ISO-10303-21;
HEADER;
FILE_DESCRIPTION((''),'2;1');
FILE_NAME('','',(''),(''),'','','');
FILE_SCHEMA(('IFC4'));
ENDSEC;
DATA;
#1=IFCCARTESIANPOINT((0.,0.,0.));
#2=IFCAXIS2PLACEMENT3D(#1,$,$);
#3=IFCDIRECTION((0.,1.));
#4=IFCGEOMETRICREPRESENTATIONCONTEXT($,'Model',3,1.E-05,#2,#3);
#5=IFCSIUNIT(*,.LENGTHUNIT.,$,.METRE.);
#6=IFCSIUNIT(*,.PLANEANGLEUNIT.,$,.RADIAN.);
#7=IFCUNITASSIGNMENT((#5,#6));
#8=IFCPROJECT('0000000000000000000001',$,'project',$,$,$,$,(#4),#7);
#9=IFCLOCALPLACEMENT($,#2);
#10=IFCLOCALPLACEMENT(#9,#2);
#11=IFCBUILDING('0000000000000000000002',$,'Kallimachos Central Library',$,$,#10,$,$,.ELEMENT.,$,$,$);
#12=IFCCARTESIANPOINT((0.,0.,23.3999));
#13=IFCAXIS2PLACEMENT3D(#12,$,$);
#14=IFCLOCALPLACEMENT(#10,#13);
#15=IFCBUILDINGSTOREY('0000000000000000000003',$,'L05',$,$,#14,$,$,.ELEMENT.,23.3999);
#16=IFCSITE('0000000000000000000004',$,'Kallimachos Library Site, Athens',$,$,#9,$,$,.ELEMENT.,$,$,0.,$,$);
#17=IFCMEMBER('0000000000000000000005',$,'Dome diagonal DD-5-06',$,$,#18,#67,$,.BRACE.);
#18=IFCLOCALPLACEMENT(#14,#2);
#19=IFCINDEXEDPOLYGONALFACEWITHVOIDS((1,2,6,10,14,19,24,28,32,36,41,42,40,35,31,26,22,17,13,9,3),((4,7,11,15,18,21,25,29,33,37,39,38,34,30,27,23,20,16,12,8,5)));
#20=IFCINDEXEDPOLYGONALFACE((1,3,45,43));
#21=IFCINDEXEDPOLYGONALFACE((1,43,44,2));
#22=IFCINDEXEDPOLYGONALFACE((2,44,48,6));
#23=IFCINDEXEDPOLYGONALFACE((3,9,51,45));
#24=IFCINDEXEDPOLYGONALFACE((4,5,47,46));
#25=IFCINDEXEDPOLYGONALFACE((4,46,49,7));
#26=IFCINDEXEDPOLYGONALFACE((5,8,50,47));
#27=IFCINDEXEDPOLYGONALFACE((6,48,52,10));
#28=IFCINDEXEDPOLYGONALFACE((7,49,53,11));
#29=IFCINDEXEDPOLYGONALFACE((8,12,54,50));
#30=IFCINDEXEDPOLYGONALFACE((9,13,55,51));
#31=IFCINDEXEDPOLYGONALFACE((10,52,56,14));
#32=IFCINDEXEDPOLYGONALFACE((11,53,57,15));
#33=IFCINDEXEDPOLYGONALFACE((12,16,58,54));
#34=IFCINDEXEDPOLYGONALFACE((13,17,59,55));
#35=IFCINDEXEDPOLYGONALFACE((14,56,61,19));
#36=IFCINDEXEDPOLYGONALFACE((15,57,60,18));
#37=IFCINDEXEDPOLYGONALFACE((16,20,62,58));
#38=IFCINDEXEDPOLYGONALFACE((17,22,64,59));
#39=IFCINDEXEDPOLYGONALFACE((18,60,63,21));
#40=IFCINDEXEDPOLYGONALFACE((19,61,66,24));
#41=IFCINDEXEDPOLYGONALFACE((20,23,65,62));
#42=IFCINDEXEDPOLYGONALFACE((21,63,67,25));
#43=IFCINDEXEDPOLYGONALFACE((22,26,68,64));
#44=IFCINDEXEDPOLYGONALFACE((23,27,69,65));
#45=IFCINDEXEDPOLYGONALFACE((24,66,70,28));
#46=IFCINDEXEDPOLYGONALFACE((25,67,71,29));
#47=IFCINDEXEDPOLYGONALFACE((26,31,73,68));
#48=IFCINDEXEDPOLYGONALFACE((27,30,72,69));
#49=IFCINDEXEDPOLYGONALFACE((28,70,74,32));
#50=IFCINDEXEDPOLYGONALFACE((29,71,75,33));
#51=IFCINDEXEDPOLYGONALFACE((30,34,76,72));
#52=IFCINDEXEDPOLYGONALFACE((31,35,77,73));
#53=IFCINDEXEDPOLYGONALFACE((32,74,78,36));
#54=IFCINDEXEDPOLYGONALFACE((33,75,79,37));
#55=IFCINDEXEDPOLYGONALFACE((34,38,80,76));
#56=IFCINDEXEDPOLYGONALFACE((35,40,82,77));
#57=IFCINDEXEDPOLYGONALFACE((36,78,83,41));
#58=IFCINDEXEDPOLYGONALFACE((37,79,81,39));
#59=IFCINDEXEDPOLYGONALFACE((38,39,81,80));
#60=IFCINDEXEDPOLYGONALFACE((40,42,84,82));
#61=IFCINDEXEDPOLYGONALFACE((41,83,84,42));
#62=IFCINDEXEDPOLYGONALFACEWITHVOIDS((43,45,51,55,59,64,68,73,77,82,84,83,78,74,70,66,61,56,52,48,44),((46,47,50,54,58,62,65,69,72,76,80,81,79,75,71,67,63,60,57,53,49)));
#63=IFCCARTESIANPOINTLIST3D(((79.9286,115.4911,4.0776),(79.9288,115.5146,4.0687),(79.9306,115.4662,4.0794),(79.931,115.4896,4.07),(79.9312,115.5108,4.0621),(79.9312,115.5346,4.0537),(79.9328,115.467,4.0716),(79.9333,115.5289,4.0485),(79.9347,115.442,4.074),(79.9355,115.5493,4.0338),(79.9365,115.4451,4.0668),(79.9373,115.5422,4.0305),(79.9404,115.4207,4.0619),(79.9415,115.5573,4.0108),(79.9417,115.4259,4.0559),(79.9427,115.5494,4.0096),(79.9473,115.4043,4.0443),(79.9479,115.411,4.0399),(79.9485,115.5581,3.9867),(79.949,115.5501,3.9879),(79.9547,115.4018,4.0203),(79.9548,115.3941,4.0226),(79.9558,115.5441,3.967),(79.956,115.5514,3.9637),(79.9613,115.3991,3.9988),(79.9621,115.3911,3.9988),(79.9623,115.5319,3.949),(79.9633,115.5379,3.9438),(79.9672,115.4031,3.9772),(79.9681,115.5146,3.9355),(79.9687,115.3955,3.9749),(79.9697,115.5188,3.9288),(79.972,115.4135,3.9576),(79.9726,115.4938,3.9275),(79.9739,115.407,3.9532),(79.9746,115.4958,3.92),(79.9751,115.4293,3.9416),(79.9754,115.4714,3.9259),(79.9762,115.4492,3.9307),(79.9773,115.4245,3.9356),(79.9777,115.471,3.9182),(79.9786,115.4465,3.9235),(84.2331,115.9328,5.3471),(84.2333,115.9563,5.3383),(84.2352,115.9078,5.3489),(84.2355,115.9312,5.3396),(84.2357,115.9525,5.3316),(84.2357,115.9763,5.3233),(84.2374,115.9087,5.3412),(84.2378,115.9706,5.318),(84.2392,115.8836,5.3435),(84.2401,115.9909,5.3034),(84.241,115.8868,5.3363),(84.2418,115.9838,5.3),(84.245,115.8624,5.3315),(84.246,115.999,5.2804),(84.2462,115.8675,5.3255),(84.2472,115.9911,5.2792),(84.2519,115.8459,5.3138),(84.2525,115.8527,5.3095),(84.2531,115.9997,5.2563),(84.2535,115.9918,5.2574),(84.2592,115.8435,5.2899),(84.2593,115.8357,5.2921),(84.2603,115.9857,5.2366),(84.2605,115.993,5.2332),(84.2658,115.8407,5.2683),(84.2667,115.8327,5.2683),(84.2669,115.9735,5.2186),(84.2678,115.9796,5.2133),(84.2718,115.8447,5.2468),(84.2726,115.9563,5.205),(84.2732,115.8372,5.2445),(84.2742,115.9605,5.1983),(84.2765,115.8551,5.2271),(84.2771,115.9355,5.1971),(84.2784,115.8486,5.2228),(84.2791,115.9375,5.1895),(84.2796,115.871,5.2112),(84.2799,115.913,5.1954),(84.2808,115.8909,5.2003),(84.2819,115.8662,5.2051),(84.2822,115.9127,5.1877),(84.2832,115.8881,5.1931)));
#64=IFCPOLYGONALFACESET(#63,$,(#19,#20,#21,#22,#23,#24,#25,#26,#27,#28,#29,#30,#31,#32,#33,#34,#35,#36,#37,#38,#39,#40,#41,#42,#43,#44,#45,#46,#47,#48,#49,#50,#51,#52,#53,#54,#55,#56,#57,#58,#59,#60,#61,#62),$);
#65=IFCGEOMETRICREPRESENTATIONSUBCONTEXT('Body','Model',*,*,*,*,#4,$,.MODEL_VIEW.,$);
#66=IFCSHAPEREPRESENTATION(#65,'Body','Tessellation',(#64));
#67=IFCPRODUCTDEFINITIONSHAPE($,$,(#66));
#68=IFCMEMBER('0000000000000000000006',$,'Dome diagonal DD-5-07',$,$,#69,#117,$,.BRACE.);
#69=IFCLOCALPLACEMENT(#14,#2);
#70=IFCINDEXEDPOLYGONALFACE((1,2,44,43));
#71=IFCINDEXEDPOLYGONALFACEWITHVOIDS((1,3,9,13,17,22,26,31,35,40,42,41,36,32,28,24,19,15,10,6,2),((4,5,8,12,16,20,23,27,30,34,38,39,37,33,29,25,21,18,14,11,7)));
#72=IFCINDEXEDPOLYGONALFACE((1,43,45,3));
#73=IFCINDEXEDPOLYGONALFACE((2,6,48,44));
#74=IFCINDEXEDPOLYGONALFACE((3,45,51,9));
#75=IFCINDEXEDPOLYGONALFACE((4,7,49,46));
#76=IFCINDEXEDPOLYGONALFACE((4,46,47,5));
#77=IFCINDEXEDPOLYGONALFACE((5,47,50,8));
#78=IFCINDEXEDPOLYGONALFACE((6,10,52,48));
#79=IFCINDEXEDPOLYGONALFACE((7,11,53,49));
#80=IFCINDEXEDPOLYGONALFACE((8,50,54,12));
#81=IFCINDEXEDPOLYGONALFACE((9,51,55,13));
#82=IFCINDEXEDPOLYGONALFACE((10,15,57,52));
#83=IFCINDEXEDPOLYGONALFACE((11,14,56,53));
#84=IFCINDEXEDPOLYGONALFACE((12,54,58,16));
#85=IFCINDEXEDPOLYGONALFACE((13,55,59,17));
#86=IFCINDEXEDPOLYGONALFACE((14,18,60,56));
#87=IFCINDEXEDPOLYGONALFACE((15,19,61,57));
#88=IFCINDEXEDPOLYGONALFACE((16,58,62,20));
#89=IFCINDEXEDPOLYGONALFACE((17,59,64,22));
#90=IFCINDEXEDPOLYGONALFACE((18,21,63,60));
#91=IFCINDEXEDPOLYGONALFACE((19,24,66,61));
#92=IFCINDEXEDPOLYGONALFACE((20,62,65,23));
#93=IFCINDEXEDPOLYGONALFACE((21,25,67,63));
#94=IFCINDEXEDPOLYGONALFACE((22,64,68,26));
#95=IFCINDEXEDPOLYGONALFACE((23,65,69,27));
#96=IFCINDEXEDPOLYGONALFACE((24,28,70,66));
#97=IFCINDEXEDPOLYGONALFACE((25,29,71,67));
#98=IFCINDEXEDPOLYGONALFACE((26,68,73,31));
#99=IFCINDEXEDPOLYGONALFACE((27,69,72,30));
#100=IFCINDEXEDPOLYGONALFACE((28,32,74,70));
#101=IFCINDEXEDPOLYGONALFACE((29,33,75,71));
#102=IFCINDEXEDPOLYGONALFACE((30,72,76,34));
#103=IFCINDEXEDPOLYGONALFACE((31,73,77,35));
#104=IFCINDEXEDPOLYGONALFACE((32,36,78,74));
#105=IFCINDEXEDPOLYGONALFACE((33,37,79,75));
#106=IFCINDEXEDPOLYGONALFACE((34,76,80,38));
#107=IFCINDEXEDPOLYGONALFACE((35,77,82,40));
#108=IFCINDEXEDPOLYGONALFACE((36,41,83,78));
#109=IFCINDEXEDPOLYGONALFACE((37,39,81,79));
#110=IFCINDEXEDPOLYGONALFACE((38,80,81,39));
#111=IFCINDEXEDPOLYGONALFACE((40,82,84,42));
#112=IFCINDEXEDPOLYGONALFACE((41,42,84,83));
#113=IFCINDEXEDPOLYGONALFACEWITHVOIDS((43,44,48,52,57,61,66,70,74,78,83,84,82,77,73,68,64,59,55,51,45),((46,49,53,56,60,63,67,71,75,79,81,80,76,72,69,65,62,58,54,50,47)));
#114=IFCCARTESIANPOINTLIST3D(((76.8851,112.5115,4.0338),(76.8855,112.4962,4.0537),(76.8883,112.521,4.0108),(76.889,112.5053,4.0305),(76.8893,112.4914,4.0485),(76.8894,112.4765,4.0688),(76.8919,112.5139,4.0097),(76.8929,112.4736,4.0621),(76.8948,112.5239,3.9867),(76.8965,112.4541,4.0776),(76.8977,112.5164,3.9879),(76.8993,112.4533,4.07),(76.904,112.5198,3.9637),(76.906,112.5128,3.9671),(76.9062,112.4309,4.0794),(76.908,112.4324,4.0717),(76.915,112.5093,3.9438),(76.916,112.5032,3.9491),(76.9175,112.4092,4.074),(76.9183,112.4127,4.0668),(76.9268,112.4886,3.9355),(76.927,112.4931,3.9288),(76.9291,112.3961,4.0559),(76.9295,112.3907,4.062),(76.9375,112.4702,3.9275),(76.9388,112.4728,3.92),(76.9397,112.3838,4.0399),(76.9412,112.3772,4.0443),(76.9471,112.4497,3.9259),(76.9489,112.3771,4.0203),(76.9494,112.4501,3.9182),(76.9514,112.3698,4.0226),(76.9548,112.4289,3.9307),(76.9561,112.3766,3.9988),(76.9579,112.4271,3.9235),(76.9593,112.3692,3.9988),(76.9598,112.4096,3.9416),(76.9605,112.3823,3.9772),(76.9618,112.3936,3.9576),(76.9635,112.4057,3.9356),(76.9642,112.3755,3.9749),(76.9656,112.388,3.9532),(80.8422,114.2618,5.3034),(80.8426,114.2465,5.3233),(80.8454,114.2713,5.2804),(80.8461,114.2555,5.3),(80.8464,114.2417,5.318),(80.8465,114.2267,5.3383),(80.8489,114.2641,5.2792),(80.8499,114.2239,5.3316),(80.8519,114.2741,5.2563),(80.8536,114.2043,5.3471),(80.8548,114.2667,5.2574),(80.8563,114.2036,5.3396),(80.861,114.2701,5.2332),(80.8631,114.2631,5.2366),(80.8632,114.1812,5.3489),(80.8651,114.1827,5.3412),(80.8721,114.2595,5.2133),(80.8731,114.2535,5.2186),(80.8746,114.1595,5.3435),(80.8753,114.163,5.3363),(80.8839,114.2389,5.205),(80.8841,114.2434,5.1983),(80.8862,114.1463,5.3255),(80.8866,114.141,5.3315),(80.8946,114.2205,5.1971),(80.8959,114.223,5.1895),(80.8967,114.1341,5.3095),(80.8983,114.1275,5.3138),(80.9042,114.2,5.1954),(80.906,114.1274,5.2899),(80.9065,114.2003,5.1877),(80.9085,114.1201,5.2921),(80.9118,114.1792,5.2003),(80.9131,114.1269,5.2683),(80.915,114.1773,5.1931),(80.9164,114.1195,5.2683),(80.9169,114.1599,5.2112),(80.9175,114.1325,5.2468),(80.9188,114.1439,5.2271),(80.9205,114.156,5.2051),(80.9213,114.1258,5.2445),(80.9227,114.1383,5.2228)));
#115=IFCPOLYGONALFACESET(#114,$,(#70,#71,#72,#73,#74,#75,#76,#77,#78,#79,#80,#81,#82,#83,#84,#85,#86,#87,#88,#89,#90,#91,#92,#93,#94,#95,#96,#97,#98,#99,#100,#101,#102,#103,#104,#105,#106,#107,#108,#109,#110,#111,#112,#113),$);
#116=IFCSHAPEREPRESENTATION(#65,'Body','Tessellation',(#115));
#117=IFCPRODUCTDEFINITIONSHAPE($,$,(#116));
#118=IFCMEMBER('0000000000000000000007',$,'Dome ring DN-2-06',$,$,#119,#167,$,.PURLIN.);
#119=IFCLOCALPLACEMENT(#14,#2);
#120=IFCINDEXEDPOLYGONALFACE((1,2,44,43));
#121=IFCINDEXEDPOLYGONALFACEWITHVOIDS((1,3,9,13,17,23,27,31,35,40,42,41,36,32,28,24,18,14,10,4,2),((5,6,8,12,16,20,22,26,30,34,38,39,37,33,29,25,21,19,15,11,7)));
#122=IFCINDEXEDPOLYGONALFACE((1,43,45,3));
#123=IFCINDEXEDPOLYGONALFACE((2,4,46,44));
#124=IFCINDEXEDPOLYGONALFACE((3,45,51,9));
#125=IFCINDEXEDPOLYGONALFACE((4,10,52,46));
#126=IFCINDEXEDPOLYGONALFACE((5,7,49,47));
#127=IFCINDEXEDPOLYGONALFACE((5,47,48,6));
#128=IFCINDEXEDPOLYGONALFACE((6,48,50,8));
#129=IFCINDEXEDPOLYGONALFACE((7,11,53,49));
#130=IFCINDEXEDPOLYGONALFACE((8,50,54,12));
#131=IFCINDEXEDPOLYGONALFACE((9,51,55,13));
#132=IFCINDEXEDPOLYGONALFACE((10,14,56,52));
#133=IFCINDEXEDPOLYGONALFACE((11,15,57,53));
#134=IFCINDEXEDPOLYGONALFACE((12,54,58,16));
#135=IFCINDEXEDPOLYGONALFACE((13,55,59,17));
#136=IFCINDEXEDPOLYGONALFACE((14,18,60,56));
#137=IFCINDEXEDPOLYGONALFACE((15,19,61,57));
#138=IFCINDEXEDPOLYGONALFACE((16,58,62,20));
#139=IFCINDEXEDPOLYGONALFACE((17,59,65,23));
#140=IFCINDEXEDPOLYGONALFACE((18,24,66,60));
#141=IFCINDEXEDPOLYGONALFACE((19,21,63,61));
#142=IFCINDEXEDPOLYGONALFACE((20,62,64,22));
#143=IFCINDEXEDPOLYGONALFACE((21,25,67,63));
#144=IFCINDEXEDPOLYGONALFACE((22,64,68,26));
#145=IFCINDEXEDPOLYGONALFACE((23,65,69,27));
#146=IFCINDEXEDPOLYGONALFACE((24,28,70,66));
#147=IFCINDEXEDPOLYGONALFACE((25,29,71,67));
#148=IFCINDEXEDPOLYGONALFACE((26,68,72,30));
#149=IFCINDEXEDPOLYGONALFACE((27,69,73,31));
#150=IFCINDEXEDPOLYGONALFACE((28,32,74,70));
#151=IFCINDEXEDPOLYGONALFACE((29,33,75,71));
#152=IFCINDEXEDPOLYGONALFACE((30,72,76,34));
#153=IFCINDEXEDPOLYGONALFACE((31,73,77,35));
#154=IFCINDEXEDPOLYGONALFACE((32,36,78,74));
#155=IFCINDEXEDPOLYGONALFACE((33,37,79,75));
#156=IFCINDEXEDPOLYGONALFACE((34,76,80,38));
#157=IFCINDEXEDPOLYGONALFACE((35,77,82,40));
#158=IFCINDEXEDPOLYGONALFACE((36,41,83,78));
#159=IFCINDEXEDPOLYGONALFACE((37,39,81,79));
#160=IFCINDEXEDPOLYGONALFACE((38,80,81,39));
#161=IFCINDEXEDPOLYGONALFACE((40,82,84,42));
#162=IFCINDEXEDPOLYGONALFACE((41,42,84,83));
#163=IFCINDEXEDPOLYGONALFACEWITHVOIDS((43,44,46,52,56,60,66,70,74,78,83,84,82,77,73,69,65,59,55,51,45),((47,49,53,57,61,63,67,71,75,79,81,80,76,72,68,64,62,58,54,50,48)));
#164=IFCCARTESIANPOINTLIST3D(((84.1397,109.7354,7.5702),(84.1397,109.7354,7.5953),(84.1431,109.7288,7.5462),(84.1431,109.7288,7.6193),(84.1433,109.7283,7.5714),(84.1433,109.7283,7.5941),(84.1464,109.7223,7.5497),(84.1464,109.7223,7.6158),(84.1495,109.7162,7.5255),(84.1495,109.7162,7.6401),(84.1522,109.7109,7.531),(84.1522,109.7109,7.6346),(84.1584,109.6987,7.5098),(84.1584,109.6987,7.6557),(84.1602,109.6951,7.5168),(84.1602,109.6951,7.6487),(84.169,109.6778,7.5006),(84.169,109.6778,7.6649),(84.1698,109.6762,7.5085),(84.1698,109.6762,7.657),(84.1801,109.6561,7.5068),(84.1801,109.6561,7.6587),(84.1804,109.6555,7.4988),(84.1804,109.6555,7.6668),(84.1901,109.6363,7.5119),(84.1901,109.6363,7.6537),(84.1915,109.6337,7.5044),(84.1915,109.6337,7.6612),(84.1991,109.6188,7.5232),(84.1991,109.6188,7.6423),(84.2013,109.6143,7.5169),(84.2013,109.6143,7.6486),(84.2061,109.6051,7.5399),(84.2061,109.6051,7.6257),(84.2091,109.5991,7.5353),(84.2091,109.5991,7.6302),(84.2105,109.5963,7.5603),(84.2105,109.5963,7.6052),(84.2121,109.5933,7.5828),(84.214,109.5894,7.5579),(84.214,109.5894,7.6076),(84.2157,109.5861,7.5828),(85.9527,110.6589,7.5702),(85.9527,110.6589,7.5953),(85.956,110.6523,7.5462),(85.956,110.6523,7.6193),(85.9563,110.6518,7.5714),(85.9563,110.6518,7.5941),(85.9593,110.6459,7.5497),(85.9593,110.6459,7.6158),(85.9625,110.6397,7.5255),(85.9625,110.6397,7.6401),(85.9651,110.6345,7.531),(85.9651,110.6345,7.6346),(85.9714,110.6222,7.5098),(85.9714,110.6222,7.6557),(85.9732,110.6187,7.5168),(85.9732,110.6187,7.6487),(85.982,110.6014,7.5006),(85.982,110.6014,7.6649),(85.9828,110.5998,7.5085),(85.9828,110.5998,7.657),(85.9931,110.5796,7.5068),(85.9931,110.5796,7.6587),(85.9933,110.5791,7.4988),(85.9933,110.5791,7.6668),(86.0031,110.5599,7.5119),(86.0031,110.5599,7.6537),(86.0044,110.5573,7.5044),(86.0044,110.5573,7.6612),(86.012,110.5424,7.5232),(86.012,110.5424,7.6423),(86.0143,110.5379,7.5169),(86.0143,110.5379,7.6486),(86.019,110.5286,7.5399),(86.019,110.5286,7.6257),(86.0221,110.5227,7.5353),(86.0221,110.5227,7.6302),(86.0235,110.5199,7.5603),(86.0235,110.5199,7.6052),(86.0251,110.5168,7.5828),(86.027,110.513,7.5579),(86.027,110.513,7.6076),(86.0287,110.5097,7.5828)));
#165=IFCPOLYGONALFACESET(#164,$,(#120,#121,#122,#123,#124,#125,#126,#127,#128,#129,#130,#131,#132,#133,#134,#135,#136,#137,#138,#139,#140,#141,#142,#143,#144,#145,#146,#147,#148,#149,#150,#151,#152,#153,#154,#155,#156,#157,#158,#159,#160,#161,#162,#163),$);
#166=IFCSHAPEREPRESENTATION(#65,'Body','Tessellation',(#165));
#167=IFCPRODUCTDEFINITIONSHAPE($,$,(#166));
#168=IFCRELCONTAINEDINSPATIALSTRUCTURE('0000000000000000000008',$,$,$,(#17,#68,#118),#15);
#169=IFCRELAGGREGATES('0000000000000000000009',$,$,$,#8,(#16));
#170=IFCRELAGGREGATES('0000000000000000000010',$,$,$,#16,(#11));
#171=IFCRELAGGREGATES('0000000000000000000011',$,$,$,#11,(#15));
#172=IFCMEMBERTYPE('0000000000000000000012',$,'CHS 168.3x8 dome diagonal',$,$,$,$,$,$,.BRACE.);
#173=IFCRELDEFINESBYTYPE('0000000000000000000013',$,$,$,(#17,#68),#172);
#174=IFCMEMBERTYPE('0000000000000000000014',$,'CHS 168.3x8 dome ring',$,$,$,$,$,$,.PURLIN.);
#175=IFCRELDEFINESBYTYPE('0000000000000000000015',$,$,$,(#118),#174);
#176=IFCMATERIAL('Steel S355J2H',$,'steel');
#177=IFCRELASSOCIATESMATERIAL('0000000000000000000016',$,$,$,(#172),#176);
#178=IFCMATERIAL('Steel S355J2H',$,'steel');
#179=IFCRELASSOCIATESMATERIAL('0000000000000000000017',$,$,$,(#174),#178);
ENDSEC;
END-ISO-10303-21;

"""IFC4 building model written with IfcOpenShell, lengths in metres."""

from ifc_helpers import new_model, si_unit, direction, frame, origin, origin_2d, place, context, subcontext, project, spatial, hollow_circle, extrude, material, material_profile, profile_set, type_object, element, save


model = new_model("IFC4")

# Units and contexts
model_context = context("Model", 3, precision=1e-05, world=origin(), true_north=direction((0.0, 1.0)))
body_context = subcontext(model_context, "Body", "Model", "MODEL_VIEW")
ifc_project = project(units=[si_unit("LENGTHUNIT", "METRE"), si_unit("PLANEANGLEUNIT", "RADIAN")], contexts=[model_context])

# Site, building, storey
site_placement = place(None, origin())
site = spatial("IfcSite", under=ifc_project, at=site_placement, Name="Kallimachos Library Site, Athens", CompositionType="ELEMENT", RefElevation=0.0)
building_placement = place(site_placement, origin())
building = spatial("IfcBuilding", under=site, at=building_placement, Name="Kallimachos Central Library", CompositionType="ELEMENT")
storey_placement = place(building_placement, frame((0.0, 0.0, 23.3999)))
storey = spatial("IfcBuildingStorey", under=building, at=storey_placement, Name="L05", CompositionType="ELEMENT", Elevation=23.3999)

# Members
ifc_material_1 = material(Name="Steel S355J2H", Category="steel")
ifc_material_profile_1 = material_profile(ifc_material_1, hollow_circle(Radius=0.0842, WallThickness=0.0081, at=origin_2d()), Name="CHS 168.3x8")
ifc_profile_set_1 = profile_set([ifc_material_profile_1], Name="Steel S355J2H")
member_type_1 = type_object("IfcMemberType", Name="CHS 168.3x8 dome diagonal", PredefinedType="BRACE", material=ifc_profile_set_1)
member_1_placement = place(storey_placement, frame((84.2581, 115.9165, 5.2683), z_axis=(-0.954542, -0.097939, -0.281528), x_axis=(0.102068, -0.994777, 0.0)))
element("IfcMember", 1, at=member_1_placement, inside=storey, type_object=member_type_1, Name="Dome diagonal DD-5-06", PredefinedType="BRACE", context=body_context, shape_type="SweptSolid", body=[
    extrude(hollow_circle(Radius=0.0842, WallThickness=0.0081, at=origin_2d()), origin(), (0.0, 0.0, 1.0), 4.5095),
])
member_2_placement = place(storey_placement, frame((80.8823, 114.1965, 5.2683), z_axis=(-0.87754, -0.388147, -0.281541), x_axis=(0.40451, -0.914534, 0.0)))
element("IfcMember", 2, at=member_2_placement, inside=storey, type_object=member_type_1, Name="Dome diagonal DD-5-07", PredefinedType="BRACE", context=body_context, shape_type="SweptSolid", body=[
    extrude(hollow_circle(Radius=0.0842, WallThickness=0.0081, at=origin_2d()), origin(), (0.0, 0.0, 1.0), 4.5093),
])
ifc_material_2 = material(Name="Steel S355J2H", Category="steel")
ifc_material_profile_2 = material_profile(ifc_material_2, hollow_circle(Radius=0.0842, WallThickness=0.0081, at=origin_2d()), Name="CHS 168.3x8")
ifc_profile_set_2 = profile_set([ifc_material_profile_2], Name="Steel S355J2H")
member_type_2 = type_object("IfcMemberType", Name="CHS 168.3x8 dome ring", PredefinedType="PURLIN", material=ifc_profile_set_2)
member_3_placement = place(storey_placement, frame((85.9905, 110.5847, 7.5828), z_axis=(-0.891042, -0.45392, 0.0), x_axis=(0.45392, -0.891042, 0.0)))
element("IfcMember", 3, at=member_3_placement, inside=storey, type_object=member_type_2, Name="Dome ring DN-2-06", PredefinedType="PURLIN", context=body_context, shape_type="SweptSolid", body=[
    extrude(hollow_circle(Radius=0.0842, WallThickness=0.0081, at=origin_2d()), origin(), (0.0, 0.0, 1.0), 2.0347),
])

save(model, "model.ifc")
